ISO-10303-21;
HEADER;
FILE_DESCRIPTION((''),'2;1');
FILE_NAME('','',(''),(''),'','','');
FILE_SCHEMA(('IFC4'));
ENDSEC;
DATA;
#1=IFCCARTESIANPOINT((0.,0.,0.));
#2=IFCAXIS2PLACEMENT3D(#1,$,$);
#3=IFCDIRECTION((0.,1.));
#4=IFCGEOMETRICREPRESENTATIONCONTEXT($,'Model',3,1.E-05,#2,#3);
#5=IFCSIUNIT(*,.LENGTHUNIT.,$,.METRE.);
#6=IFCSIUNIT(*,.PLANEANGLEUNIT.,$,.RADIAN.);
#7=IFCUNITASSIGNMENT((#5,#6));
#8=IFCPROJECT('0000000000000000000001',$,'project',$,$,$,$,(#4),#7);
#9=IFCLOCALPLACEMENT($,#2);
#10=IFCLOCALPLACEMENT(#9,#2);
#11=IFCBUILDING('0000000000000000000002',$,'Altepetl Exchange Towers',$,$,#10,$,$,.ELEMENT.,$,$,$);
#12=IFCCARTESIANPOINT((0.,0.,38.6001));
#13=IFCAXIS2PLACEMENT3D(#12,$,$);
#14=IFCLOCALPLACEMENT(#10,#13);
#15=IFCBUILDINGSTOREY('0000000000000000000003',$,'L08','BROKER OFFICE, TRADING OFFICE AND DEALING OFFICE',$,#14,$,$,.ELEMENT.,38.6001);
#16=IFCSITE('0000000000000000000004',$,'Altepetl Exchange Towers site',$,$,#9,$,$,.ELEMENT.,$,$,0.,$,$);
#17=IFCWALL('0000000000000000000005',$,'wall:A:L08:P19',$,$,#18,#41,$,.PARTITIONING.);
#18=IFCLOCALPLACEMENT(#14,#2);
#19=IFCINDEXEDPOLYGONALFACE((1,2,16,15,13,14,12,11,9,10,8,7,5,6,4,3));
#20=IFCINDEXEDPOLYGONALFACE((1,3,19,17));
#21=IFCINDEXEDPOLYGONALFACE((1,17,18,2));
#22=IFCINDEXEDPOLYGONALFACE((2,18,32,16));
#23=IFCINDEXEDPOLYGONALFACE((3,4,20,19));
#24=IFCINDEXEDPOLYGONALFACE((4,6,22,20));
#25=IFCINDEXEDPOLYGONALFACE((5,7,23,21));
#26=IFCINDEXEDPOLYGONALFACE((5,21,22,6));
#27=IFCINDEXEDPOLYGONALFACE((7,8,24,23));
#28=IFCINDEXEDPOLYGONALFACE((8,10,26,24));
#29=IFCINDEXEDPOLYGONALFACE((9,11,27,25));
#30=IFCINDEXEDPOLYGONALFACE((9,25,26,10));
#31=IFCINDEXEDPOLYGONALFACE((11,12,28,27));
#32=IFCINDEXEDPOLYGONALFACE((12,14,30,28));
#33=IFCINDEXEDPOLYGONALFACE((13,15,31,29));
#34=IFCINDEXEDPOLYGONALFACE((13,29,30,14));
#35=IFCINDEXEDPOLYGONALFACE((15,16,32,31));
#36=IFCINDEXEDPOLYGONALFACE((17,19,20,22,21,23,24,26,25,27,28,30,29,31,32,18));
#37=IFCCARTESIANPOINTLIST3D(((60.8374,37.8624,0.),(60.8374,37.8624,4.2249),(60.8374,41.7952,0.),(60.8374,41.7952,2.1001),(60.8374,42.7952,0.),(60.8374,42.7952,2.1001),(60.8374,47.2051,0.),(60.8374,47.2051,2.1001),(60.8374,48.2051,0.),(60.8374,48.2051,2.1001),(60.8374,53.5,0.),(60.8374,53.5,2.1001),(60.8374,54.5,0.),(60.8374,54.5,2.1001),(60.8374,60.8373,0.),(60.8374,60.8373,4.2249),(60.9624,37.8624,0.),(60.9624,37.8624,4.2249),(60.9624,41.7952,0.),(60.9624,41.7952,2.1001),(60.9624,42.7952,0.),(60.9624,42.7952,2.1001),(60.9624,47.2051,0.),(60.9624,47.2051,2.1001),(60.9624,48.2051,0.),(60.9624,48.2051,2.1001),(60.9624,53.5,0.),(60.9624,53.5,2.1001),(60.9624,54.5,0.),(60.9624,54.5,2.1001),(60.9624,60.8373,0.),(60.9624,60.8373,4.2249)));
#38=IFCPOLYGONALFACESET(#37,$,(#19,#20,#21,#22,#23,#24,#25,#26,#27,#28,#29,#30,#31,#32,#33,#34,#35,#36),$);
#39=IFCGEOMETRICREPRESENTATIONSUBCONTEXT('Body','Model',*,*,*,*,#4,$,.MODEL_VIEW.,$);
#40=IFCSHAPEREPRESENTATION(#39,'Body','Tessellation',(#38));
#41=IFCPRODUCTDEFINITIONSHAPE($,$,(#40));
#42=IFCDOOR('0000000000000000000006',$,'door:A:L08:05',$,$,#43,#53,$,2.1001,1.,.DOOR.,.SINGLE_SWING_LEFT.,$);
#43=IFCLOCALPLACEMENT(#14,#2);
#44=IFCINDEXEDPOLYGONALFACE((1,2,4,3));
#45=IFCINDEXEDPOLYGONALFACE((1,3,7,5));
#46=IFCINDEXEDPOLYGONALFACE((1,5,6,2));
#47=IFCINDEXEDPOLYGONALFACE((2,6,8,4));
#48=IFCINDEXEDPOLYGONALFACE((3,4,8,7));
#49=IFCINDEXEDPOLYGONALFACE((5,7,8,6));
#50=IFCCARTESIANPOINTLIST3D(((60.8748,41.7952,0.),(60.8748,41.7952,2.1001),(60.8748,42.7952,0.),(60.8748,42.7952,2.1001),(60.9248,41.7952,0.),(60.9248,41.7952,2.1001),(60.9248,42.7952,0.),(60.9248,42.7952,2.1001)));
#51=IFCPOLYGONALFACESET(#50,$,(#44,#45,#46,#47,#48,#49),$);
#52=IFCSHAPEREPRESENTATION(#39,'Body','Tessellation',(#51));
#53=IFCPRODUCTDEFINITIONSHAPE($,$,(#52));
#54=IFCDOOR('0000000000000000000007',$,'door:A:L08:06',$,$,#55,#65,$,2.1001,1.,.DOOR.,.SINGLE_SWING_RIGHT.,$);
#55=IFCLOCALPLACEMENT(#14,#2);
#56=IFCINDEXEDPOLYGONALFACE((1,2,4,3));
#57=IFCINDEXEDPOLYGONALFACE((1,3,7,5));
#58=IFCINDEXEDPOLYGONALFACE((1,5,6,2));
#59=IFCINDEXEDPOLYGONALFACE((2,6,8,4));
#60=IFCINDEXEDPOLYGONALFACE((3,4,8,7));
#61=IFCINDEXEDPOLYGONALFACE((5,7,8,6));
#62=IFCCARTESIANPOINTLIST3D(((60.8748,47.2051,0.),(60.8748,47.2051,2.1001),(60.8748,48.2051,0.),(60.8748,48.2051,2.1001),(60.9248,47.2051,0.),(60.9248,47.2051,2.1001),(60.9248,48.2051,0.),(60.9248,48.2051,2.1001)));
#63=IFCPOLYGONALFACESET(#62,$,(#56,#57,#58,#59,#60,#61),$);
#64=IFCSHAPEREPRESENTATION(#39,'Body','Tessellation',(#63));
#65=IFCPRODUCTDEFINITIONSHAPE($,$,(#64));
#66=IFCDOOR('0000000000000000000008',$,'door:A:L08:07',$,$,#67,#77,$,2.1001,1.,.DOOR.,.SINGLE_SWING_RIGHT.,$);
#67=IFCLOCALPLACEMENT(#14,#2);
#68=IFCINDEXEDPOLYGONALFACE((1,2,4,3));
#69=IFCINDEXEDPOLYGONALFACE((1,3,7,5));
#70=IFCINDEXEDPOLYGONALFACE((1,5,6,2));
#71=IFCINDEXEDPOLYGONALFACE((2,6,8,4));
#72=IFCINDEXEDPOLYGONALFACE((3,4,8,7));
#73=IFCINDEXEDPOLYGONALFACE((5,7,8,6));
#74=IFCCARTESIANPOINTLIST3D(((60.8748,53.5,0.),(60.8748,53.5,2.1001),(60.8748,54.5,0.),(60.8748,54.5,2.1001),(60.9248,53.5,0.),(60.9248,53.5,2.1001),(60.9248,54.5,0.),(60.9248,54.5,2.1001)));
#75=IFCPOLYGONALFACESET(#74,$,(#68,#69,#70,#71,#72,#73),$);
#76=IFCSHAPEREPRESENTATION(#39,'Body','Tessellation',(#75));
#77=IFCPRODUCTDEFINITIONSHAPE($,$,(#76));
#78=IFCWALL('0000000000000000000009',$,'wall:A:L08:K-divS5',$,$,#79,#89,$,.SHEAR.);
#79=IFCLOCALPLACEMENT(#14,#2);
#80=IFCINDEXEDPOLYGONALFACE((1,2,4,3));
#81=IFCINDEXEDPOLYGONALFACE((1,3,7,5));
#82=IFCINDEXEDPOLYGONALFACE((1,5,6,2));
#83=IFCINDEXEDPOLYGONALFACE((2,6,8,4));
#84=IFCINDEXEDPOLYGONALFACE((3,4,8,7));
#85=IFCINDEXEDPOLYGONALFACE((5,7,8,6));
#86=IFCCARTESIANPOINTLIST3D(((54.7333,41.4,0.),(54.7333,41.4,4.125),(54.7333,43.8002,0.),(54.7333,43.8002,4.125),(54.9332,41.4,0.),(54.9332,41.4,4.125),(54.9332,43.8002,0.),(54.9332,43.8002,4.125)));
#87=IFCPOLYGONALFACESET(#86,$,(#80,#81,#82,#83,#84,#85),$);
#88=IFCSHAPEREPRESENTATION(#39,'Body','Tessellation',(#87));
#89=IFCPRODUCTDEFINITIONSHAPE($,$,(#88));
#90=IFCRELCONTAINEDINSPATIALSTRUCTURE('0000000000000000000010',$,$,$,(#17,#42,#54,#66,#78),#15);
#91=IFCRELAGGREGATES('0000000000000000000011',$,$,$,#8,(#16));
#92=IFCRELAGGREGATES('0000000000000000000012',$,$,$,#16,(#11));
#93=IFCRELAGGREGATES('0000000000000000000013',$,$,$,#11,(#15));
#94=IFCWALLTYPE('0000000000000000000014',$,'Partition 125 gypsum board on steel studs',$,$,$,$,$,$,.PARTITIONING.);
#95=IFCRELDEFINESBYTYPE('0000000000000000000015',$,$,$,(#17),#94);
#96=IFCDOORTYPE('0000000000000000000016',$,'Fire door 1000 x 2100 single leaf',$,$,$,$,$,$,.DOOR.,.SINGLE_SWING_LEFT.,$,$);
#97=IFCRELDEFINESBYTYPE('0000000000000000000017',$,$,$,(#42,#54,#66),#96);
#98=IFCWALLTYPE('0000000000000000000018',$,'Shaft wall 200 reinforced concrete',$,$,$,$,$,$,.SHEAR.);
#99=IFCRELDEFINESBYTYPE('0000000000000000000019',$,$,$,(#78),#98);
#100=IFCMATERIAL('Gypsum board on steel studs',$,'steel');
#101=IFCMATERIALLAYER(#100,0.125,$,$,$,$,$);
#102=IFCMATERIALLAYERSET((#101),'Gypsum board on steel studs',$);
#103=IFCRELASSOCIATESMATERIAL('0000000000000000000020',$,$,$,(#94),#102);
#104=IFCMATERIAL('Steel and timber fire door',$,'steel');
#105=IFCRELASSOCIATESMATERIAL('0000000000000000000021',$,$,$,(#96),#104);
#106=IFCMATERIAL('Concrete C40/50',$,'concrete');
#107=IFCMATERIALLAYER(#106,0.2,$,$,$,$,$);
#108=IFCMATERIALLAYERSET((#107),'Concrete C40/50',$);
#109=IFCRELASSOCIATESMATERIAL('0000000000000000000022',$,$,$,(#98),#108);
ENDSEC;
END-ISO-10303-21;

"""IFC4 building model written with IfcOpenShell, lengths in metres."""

from ifc_helpers import new_model, si_unit, direction, frame, frame_2d, origin, place, context, subcontext, project, spatial, rectangle, extrude, material, layer, layer_set, type_object, element, fill, save


model = new_model("IFC4")

# Units and contexts
model_context = context("Model", 3, precision=1e-05, world=origin(), true_north=direction((0.0, 1.0)))
body_context = subcontext(model_context, "Body", "Model", "MODEL_VIEW")
ifc_project = project(units=[si_unit("LENGTHUNIT", "METRE"), si_unit("PLANEANGLEUNIT", "RADIAN")], contexts=[model_context])

# Site, building, storey
site_placement = place(None, origin())
site = spatial("IfcSite", under=ifc_project, at=site_placement, Name="Altepetl Exchange Towers site", CompositionType="ELEMENT", RefElevation=0.0)
building_placement = place(site_placement, origin())
building = spatial("IfcBuilding", under=site, at=building_placement, Name="Altepetl Exchange Towers", CompositionType="ELEMENT")
storey_placement = place(building_placement, frame((0.0, 0.0, 38.6001)))
storey = spatial("IfcBuildingStorey", under=building, at=storey_placement, Name="L08", Description="BROKER OFFICE, TRADING OFFICE AND DEALING OFFICE", CompositionType="ELEMENT", Elevation=38.6001)

# Shared definitions
ifc_material_1 = material(Name="Steel and timber fire door", Category="steel")

# Shared definitions
ifc_material_2 = material(Name="Gypsum board on steel studs", Category="steel")
ifc_layer_1 = layer(ifc_material_2, 0.125)
ifc_layer_set_1 = layer_set([ifc_layer_1], Name="Gypsum board on steel studs")
wall_type_1 = type_object("IfcWallType", Name="Partition 125 gypsum board on steel studs", PredefinedType="PARTITIONING", material=ifc_layer_set_1)

# Wall, openings, doors
wall_1_placement = place(storey_placement, frame((60.8999, 37.8625, 0.0), z_axis=(0.0, 0.0, 1.0), x_axis=(0.0, 1.0, 0.0)))
wall_1 = element("IfcWall", 1, at=wall_1_placement, inside=storey, type_object=wall_type_1, Name="wall:A:L08:P19", PredefinedType="PARTITIONING", context=body_context, shape_type="SweptSolid", body=[
    extrude(rectangle(XDim=22.9749, YDim=0.125, at=frame_2d((11.4873, 0.0))), origin(), (0.0, 0.0, 1.0), 4.2249),
])
opening_1_placement = place(wall_1_placement, frame((3.9326, 0.0, 0.0)))
opening_1 = element("IfcOpeningElement", 2, at=opening_1_placement, cuts=wall_1, PredefinedType="OPENING", context=body_context, shape_type="SweptSolid", body=[
    extrude(rectangle(XDim=1.0, YDim=2.1001, at=frame_2d((0.5, 1.05))), frame((0.0, 0.0725, 0.0), z_axis=(0.0, -1.0, 0.0), x_axis=(1.0, 0.0, 0.0)), (0.0, 0.0, 1.0), 0.145),
])
opening_2_placement = place(wall_1_placement, frame((9.3425, 0.0, 0.0)))
opening_2 = element("IfcOpeningElement", 3, at=opening_2_placement, cuts=wall_1, PredefinedType="OPENING", context=body_context, shape_type="SweptSolid", body=[
    extrude(rectangle(XDim=1.0, YDim=2.1001, at=frame_2d((0.5, 1.05))), frame((0.0, 0.0725, 0.0), z_axis=(0.0, -1.0, 0.0), x_axis=(1.0, 0.0, 0.0)), (0.0, 0.0, 1.0), 0.145),
])
opening_3_placement = place(wall_1_placement, frame((15.6375, 0.0, 0.0)))
opening_3 = element("IfcOpeningElement", 4, at=opening_3_placement, cuts=wall_1, PredefinedType="OPENING", context=body_context, shape_type="SweptSolid", body=[
    extrude(rectangle(XDim=1.0, YDim=2.1001, at=frame_2d((0.5, 1.05))), frame((0.0, 0.0725, 0.0), z_axis=(0.0, -1.0, 0.0), x_axis=(1.0, 0.0, 0.0)), (0.0, 0.0, 1.0), 0.145),
])
door_type_1 = type_object("IfcDoorType", Name="Fire door 1000 x 2100 single leaf", OperationType="SINGLE_SWING_LEFT", PredefinedType="DOOR", material=ifc_material_1)
door_1_placement = place(opening_1_placement, frame((1.0, 0.0, 0.0), x_axis=(-1.0, 0.0, 0.0)))
door_1 = element("IfcDoor", 5, at=door_1_placement, inside=storey, type_object=door_type_1, Name="door:A:L08:05", OperationType="SINGLE_SWING_LEFT", OverallHeight=2.1001, OverallWidth=1.0, PredefinedType="DOOR", context=body_context, shape_type="SweptSolid", body=[
    extrude(rectangle(XDim=1.0, YDim=2.1001, at=frame_2d((0.5, 1.05))), frame((0.0, 0.0249, 0.0), z_axis=(0.0, -1.0, 0.0), x_axis=(1.0, 0.0, 0.0)), (0.0, 0.0, 1.0), 0.05),
])
fill(opening_1, door_1)
door_2_placement = place(opening_2_placement, frame((1.0, 0.0, 0.0), x_axis=(-1.0, 0.0, 0.0)))
door_2 = element("IfcDoor", 6, at=door_2_placement, inside=storey, type_object=door_type_1, Name="door:A:L08:06", OperationType="SINGLE_SWING_RIGHT", OverallHeight=2.1001, OverallWidth=1.0, PredefinedType="DOOR", context=body_context, shape_type="SweptSolid", body=[
    extrude(rectangle(XDim=1.0, YDim=2.1001, at=frame_2d((0.5, 1.05))), frame((0.0, 0.0249, 0.0), z_axis=(0.0, -1.0, 0.0), x_axis=(1.0, 0.0, 0.0)), (0.0, 0.0, 1.0), 0.05),
])
fill(opening_2, door_2)
door_3_placement = place(opening_3_placement, frame((1.0, 0.0, 0.0), x_axis=(-1.0, 0.0, 0.0)))
door_3 = element("IfcDoor", 7, at=door_3_placement, inside=storey, type_object=door_type_1, Name="door:A:L08:07", OperationType="SINGLE_SWING_RIGHT", OverallHeight=2.1001, OverallWidth=1.0, PredefinedType="DOOR", context=body_context, shape_type="SweptSolid", body=[
    extrude(rectangle(XDim=1.0, YDim=2.1001, at=frame_2d((0.5, 1.05))), frame((0.0, 0.0249, 0.0), z_axis=(0.0, -1.0, 0.0), x_axis=(1.0, 0.0, 0.0)), (0.0, 0.0, 1.0), 0.05),
])
fill(opening_3, door_3)

# Wall
ifc_material_3 = material(Name="Concrete C40/50", Category="concrete")
ifc_layer_2 = layer(ifc_material_3, 0.2)
ifc_layer_set_2 = layer_set([ifc_layer_2], Name="Concrete C40/50")
wall_type_2 = type_object("IfcWallType", Name="Shaft wall 200 reinforced concrete", PredefinedType="SHEAR", material=ifc_layer_set_2)
wall_2_placement = place(storey_placement, frame((54.8333, 41.3999, 0.0), z_axis=(0.0, 0.0, 1.0), x_axis=(0.0, 1.0, 0.0)))
element("IfcWall", 8, at=wall_2_placement, inside=storey, type_object=wall_type_2, Name="wall:A:L08:K-divS5", PredefinedType="SHEAR", context=body_context, shape_type="SweptSolid", body=[
    extrude(rectangle(XDim=2.4001, YDim=0.2, at=frame_2d((1.2002, 0.0))), origin(), (0.0, 0.0, 1.0), 4.125),
])

save(model, "model.ifc")
